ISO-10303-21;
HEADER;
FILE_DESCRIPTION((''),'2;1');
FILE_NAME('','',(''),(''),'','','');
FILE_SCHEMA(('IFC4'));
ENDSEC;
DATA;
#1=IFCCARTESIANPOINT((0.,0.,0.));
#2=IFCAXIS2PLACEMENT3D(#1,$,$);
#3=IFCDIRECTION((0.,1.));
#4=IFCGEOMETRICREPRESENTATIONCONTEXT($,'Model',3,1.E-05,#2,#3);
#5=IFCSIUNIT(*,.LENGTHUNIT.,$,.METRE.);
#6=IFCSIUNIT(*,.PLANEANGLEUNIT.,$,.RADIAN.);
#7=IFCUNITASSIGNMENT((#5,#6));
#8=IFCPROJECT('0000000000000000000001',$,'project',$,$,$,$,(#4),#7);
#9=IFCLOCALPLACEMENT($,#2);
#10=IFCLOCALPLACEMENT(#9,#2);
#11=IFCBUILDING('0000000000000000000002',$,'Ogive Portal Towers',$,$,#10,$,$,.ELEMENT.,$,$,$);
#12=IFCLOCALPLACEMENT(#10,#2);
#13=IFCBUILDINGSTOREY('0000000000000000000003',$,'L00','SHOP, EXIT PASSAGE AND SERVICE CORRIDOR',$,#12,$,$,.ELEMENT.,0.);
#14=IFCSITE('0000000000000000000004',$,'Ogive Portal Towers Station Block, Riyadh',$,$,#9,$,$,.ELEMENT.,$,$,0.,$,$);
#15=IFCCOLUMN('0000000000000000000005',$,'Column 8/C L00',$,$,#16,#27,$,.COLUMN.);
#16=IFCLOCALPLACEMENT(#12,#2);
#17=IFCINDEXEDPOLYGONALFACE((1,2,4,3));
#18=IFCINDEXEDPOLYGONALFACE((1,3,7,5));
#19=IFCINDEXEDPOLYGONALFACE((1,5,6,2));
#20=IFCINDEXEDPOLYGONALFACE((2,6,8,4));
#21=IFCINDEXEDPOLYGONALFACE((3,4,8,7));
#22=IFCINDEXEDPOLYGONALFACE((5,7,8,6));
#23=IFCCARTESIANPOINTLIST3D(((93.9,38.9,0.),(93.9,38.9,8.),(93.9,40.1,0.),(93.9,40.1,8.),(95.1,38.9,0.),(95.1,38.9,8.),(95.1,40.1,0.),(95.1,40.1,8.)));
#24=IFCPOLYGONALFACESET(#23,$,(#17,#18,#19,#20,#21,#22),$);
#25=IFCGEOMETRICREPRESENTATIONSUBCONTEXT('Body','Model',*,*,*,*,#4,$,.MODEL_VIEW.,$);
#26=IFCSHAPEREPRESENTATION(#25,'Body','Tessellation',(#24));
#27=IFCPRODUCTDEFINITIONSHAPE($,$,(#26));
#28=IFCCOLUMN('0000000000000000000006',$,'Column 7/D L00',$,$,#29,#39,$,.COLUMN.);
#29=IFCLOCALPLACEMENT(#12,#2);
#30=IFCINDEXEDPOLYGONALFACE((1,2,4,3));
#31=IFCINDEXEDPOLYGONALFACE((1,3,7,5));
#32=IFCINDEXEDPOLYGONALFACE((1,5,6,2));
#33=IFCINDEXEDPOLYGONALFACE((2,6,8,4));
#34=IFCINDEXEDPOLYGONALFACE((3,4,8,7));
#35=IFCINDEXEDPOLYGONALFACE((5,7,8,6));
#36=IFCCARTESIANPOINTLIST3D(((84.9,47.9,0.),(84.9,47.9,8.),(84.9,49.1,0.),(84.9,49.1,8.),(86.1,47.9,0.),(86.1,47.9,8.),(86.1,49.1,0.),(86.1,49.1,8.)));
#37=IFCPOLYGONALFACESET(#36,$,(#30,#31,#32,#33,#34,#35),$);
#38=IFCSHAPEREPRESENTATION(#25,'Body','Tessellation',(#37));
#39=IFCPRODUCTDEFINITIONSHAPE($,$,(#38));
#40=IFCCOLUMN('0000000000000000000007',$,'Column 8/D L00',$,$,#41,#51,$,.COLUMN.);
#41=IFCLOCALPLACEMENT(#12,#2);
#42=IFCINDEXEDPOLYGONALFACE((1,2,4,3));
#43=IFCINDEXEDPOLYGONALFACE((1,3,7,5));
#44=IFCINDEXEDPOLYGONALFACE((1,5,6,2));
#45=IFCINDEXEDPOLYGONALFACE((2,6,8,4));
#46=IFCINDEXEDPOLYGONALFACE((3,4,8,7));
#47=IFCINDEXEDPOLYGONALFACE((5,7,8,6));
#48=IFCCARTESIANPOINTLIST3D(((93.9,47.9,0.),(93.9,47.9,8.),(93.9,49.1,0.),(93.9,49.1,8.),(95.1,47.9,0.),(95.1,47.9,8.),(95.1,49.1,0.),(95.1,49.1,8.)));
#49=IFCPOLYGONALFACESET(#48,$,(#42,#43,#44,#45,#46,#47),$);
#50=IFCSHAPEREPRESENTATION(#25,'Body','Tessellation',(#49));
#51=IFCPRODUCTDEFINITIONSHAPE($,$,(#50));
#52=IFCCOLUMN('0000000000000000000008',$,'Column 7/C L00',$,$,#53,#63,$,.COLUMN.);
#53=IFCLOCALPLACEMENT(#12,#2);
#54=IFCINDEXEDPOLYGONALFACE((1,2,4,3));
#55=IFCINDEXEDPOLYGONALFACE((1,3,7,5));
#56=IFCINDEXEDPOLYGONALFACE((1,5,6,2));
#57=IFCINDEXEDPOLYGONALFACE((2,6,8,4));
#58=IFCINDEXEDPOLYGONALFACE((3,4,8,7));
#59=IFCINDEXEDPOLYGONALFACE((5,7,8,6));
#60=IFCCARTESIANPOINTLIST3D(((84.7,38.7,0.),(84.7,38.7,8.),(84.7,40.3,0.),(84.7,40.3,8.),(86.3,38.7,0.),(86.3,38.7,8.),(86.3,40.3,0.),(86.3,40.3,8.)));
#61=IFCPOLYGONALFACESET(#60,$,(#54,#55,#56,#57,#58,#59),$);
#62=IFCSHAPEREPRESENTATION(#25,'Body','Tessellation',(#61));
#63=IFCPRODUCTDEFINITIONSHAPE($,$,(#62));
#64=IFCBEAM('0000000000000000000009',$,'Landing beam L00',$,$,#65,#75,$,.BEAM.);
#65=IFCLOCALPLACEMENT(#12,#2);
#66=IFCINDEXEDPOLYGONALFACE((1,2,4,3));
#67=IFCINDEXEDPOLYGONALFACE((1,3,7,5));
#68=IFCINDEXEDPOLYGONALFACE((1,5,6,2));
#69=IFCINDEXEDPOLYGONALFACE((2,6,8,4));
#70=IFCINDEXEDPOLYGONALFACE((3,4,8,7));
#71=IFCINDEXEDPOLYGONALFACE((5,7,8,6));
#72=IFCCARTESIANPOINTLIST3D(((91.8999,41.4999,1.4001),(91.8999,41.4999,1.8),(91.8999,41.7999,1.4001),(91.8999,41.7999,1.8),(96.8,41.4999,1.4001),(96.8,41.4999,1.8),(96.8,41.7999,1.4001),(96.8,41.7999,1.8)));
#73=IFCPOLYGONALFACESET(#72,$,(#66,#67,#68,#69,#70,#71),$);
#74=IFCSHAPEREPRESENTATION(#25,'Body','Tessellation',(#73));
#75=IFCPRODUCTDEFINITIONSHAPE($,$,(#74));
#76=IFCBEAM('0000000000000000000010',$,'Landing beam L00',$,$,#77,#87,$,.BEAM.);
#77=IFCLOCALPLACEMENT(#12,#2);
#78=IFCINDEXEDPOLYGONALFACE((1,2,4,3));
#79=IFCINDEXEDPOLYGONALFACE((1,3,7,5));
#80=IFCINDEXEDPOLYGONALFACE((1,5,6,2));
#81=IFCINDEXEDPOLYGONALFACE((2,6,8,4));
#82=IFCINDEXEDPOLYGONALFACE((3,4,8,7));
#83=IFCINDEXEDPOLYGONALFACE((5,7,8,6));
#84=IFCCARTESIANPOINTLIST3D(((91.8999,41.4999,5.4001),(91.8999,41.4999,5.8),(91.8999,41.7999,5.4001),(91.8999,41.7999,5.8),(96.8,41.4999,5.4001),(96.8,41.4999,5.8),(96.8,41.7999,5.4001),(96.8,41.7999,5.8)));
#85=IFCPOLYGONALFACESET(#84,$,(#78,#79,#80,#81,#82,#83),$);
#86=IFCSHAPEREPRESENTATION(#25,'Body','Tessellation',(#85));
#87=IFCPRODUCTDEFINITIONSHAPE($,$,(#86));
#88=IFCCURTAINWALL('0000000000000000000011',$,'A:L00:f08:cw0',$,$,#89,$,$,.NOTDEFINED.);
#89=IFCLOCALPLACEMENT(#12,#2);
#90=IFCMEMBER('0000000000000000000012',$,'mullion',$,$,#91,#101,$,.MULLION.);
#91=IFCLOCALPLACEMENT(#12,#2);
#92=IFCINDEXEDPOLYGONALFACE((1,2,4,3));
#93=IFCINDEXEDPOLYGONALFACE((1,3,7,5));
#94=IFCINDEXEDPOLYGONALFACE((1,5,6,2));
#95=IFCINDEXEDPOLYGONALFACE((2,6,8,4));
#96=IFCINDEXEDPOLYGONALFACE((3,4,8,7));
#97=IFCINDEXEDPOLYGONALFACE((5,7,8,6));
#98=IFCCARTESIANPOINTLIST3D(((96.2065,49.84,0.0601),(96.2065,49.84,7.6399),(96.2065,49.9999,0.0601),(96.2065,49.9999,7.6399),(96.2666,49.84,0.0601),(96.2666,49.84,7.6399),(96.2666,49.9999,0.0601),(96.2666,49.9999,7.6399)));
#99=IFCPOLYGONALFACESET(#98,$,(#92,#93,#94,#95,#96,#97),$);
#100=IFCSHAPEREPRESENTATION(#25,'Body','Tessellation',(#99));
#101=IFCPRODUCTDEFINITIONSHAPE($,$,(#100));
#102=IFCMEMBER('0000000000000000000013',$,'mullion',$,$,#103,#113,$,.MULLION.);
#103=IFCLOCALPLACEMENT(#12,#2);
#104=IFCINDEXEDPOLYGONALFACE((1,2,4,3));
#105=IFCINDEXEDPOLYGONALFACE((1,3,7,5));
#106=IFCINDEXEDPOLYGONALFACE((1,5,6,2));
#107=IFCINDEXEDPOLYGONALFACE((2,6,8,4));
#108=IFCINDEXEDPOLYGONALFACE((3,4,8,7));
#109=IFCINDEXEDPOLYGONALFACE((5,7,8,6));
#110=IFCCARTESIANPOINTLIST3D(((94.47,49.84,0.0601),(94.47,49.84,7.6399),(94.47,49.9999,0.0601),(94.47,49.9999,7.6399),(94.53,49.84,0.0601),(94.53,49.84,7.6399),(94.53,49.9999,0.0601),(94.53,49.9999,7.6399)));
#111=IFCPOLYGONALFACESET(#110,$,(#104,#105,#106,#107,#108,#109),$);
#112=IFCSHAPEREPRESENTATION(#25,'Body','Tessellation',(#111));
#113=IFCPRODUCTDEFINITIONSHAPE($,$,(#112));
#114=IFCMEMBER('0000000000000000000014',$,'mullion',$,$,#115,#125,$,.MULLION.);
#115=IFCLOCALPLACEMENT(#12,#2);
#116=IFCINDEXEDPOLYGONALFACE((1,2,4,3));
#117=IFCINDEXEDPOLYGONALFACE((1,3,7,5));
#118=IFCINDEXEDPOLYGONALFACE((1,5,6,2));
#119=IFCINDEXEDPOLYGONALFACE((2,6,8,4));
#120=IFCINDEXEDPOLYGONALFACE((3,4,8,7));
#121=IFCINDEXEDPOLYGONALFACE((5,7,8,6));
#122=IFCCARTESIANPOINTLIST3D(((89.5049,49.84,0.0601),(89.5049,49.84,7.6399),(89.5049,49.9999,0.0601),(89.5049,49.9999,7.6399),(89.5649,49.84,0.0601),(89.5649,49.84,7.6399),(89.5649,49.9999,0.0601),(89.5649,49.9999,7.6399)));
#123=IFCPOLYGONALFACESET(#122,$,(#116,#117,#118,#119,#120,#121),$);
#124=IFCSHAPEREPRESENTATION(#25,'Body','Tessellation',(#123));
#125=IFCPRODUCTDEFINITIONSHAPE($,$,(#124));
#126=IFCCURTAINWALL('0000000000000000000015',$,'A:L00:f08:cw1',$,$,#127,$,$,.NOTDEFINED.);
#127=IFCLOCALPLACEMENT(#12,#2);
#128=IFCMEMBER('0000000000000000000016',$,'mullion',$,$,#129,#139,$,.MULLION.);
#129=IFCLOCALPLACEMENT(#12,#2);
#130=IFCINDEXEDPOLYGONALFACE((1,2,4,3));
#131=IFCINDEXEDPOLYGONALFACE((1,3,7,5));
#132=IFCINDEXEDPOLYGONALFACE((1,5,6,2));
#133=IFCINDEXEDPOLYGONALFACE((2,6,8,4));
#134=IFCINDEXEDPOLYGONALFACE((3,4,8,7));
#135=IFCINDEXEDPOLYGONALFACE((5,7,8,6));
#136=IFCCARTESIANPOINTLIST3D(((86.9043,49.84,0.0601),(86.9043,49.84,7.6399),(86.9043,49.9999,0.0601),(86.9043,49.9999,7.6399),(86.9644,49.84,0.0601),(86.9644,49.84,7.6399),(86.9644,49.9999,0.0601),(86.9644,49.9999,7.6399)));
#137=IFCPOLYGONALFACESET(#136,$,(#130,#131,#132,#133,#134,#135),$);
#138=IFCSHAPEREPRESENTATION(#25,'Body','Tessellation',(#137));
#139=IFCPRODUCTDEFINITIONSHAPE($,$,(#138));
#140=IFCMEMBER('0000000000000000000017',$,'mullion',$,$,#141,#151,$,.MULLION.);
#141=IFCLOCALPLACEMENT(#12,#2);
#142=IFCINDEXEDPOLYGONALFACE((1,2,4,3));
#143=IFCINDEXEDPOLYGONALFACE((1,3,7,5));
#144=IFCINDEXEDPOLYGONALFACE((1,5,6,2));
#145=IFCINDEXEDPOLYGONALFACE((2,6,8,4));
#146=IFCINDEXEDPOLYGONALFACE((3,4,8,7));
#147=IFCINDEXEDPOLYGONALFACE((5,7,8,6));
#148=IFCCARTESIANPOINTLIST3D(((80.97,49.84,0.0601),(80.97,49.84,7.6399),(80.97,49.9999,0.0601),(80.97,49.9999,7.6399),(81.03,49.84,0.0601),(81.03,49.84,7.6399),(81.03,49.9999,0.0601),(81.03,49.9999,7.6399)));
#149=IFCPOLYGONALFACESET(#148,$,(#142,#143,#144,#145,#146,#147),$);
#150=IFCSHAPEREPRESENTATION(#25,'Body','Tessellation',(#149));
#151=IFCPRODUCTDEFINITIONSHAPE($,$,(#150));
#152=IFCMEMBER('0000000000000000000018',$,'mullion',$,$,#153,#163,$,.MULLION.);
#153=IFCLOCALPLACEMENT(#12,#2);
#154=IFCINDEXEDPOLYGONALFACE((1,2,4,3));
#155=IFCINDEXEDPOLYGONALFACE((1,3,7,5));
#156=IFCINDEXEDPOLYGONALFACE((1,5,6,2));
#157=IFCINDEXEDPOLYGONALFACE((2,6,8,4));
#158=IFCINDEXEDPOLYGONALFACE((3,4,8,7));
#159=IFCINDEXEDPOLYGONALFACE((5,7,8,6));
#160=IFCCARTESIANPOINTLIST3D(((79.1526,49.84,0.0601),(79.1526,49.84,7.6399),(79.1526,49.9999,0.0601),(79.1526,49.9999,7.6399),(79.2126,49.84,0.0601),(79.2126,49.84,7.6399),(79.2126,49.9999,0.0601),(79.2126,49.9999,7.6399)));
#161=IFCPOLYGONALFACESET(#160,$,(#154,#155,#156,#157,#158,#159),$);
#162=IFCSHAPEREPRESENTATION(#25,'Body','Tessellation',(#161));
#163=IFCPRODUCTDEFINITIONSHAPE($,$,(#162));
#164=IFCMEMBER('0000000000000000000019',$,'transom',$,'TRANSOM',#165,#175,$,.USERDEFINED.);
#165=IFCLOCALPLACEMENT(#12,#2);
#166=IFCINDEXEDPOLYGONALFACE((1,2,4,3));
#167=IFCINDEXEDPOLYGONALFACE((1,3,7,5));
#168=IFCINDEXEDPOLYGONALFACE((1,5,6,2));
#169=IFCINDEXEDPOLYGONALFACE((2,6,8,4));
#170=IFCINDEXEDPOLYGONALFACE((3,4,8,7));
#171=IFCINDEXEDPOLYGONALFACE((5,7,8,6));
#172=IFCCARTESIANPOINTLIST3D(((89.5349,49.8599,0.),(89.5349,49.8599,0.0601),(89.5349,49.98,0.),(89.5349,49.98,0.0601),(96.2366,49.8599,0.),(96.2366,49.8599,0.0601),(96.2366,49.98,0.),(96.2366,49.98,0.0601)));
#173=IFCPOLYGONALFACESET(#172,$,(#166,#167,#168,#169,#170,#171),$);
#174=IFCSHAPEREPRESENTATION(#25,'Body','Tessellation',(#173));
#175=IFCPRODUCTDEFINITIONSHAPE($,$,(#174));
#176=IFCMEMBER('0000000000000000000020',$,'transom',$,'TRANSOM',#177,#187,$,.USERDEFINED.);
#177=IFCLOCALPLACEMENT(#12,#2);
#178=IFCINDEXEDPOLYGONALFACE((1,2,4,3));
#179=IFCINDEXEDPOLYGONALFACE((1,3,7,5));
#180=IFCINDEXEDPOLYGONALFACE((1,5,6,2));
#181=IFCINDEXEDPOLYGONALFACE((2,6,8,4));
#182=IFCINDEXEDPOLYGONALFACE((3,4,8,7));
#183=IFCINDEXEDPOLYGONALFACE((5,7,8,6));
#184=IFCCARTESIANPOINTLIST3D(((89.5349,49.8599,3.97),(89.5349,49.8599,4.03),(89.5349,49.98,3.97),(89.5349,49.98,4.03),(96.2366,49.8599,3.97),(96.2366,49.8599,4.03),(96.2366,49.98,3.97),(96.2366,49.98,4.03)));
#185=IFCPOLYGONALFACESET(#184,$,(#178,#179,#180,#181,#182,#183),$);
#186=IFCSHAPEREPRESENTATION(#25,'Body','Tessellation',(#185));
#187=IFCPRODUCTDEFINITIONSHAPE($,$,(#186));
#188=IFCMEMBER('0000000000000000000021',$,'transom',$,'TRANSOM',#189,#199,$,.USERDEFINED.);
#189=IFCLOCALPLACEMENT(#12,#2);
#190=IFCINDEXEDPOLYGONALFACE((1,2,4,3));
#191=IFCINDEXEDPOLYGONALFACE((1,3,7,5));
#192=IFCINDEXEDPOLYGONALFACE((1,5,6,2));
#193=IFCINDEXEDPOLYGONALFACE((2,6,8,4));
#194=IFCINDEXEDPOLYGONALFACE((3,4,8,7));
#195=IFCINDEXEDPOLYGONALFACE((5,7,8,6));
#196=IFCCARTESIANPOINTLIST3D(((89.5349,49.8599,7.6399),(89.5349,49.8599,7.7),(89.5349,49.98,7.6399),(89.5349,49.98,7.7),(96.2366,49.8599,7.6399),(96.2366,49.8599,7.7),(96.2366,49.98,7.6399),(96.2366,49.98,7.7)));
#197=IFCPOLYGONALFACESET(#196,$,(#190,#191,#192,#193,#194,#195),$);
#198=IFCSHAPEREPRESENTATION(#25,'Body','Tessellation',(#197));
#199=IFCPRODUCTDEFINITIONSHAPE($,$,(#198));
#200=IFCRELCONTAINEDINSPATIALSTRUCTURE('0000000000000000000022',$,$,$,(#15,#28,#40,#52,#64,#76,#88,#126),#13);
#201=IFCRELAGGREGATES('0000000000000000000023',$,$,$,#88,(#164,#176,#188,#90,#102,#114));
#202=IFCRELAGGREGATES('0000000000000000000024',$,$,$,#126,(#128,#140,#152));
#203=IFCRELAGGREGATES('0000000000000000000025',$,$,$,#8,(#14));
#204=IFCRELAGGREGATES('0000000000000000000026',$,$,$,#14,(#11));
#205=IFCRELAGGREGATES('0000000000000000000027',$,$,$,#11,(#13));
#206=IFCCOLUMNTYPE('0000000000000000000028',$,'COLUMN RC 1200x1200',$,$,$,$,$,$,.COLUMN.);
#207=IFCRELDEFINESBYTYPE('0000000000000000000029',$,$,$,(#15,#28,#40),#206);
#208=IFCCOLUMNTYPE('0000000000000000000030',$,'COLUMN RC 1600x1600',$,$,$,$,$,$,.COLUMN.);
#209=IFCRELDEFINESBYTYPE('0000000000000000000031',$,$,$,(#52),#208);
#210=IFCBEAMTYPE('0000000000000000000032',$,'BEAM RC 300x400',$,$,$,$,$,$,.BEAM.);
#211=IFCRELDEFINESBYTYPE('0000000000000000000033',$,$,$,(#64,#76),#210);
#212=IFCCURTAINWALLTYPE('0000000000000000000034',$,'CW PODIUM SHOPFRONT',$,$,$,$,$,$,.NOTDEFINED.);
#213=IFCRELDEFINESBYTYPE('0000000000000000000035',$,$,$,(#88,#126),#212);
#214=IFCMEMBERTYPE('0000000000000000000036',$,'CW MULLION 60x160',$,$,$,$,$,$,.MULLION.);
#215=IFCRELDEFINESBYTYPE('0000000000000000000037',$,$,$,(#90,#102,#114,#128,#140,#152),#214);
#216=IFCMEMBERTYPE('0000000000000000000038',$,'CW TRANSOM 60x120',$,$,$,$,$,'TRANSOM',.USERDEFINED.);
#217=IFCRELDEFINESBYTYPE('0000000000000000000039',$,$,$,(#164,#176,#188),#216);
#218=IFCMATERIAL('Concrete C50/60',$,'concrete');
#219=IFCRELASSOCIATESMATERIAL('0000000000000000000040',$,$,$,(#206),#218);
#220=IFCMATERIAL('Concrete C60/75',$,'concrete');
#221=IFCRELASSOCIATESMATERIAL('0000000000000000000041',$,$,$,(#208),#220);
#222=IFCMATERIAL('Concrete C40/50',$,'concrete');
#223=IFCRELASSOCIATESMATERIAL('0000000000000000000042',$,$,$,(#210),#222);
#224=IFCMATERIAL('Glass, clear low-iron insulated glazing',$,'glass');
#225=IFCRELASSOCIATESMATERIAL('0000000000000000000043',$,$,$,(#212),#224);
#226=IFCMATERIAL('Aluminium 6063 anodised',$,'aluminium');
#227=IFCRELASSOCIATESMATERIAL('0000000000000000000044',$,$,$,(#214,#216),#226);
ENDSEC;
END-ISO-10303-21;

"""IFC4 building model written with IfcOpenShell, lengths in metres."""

from ifc_helpers import new_model, si_unit, direction, frame, origin, origin_2d, place, context, subcontext, project, spatial, rectangle, extrude, material, material_profile, profile_set, type_object, element, aggregate, save


model = new_model("IFC4")

# Units and contexts
model_context = context("Model", 3, precision=1e-05, world=origin(), true_north=direction((0.0, 1.0)))
body_context = subcontext(model_context, "Body", "Model", "MODEL_VIEW")
ifc_project = project(units=[si_unit("LENGTHUNIT", "METRE"), si_unit("PLANEANGLEUNIT", "RADIAN")], contexts=[model_context])

# Site, building, storey
site_placement = place(None, origin())
site = spatial("IfcSite", under=ifc_project, at=site_placement, Name="Ogive Portal Towers Station Block, Riyadh", CompositionType="ELEMENT", RefElevation=0.0)
building_placement = place(site_placement, origin())
building = spatial("IfcBuilding", under=site, at=building_placement, Name="Ogive Portal Towers", CompositionType="ELEMENT")
storey_placement = place(building_placement, origin())
storey = spatial("IfcBuildingStorey", under=building, at=storey_placement, Name="L00", Description="SHOP, EXIT PASSAGE AND SERVICE CORRIDOR", CompositionType="ELEMENT", Elevation=0.0)

# Columns
ifc_material_1 = material(Name="Concrete C50/60", Category="concrete")
ifc_material_profile_1 = material_profile(ifc_material_1, rectangle(XDim=1.2, YDim=1.2, at=origin_2d()), Name="RC 1200x1200")
ifc_profile_set_1 = profile_set([ifc_material_profile_1], Name="Concrete C50/60")
column_type_1 = type_object("IfcColumnType", Name="COLUMN RC 1200x1200", PredefinedType="COLUMN", material=ifc_profile_set_1)
for number, where, z_axis, x_axis, name in (
    (1, (94.5, 39.5, 0.0), (0.0, 0.0, 1.0), (1.0, 0.0, 0.0), "Column 8/C L00"),
    (2, (85.5, 48.5, 0.0), (0.0, 0.0, 1.0), (1.0, 0.0, 0.0), "Column 7/D L00"),
    (3, (94.5, 48.5, 0.0), (0.0, 0.0, 1.0), (1.0, 0.0, 0.0), "Column 8/D L00"),
):
    element("IfcColumn", number, at=place(storey_placement, frame(where, z_axis=z_axis, x_axis=x_axis)), inside=storey, type_object=column_type_1, Name=name, PredefinedType="COLUMN", context=body_context, shape_type="SweptSolid", body=[
        extrude(rectangle(XDim=1.2, YDim=1.2, at=origin_2d()), origin(), (0.0, 0.0, 1.0), 8.0),
    ])
ifc_material_2 = material(Name="Concrete C60/75", Category="concrete")
ifc_material_profile_2 = material_profile(ifc_material_2, rectangle(XDim=1.6001, YDim=1.6001, at=origin_2d()), Name="RC 1600x1600")
ifc_profile_set_2 = profile_set([ifc_material_profile_2], Name="Concrete C60/75")
column_type_2 = type_object("IfcColumnType", Name="COLUMN RC 1600x1600", PredefinedType="COLUMN", material=ifc_profile_set_2)
column_placement = place(storey_placement, frame((85.5, 39.5, 0.0), z_axis=(0.0, 0.0, 1.0), x_axis=(1.0, 0.0, 0.0)))
element("IfcColumn", 4, at=column_placement, inside=storey, type_object=column_type_2, Name="Column 7/C L00", PredefinedType="COLUMN", context=body_context, shape_type="SweptSolid", body=[
    extrude(rectangle(XDim=1.6001, YDim=1.6001, at=origin_2d()), origin(), (0.0, 0.0, 1.0), 8.0),
])

# Beams
ifc_material_3 = material(Name="Concrete C40/50", Category="concrete")
ifc_material_profile_3 = material_profile(ifc_material_3, rectangle(XDim=0.3, YDim=0.3999, at=origin_2d()), Name="RC 300x400")
ifc_profile_set_3 = profile_set([ifc_material_profile_3], Name="Concrete C40/50")
beam_type = type_object("IfcBeamType", Name="BEAM RC 300x400", PredefinedType="BEAM", material=ifc_profile_set_3)
for number, where, z_axis, x_axis, name in (
    (5, (91.8999, 41.6499, 1.6001), (1.0, 0.0, 0.0), (0.0, 1.0, 0.0), "Landing beam L00"),
    (6, (91.8999, 41.6499, 5.6001), (1.0, 0.0, 0.0), (0.0, 1.0, 0.0), "Landing beam L00"),
):
    element("IfcBeam", number, at=place(storey_placement, frame(where, z_axis=z_axis, x_axis=x_axis)), inside=storey, type_object=beam_type, Name=name, PredefinedType="BEAM", context=body_context, shape_type="SweptSolid", body=[
        extrude(rectangle(XDim=0.3, YDim=0.3999, at=origin_2d()), origin(), (0.0, 0.0, 1.0), 4.9001),
    ])

# Curtain walls, members
ifc_material_4 = material(Name="Glass, clear low-iron insulated glazing", Category="glass")
curtain_wall_type = type_object("IfcCurtainWallType", Name="CW PODIUM SHOPFRONT", PredefinedType="NOTDEFINED", material=ifc_material_4)
curtain_wall_1_placement = place(storey_placement, origin())
curtain_wall_1 = element("IfcCurtainWall", 7, at=curtain_wall_1_placement, inside=storey, type_object=curtain_wall_type, Name="A:L00:f08:cw0", PredefinedType="NOTDEFINED")
ifc_material_5 = material(Name="Aluminium 6063 anodised", Category="aluminium")
ifc_material_profile_4 = material_profile(ifc_material_5, rectangle(XDim=0.1599, YDim=0.0601, at=origin_2d()), Name="AL 60x160")
ifc_profile_set_4 = profile_set([ifc_material_profile_4], Name="Aluminium 6063 anodised")
member_type_1 = type_object("IfcMemberType", Name="CW MULLION 60x160", PredefinedType="MULLION", material=ifc_profile_set_4)
member_1_placement = place(storey_placement, frame((96.2366, 49.9199, 0.0601), z_axis=(0.0, 0.0, 1.0), x_axis=(0.0, -1.0, 0.0)))
member_1 = element("IfcMember", 8, at=member_1_placement, type_object=member_type_1, Name="mullion", PredefinedType="MULLION", context=body_context, shape_type="SweptSolid", body=[
    extrude(rectangle(XDim=0.1599, YDim=0.0601, at=origin_2d()), origin(), (0.0, 0.0, 1.0), 7.5798),
])
member_2_placement = place(storey_placement, frame((94.5, 49.9199, 0.0601), z_axis=(0.0, 0.0, 1.0), x_axis=(0.0, -1.0, 0.0)))
member_2 = element("IfcMember", 9, at=member_2_placement, type_object=member_type_1, Name="mullion", PredefinedType="MULLION", context=body_context, shape_type="SweptSolid", body=[
    extrude(rectangle(XDim=0.1599, YDim=0.0601, at=origin_2d()), origin(), (0.0, 0.0, 1.0), 7.5798),
])
member_3_placement = place(storey_placement, frame((89.5349, 49.9199, 0.0601), z_axis=(0.0, 0.0, 1.0), x_axis=(0.0, -1.0, 0.0)))
member_3 = element("IfcMember", 10, at=member_3_placement, type_object=member_type_1, Name="mullion", PredefinedType="MULLION", context=body_context, shape_type="SweptSolid", body=[
    extrude(rectangle(XDim=0.1599, YDim=0.0601, at=origin_2d()), origin(), (0.0, 0.0, 1.0), 7.5798),
])
curtain_wall_2_placement = place(storey_placement, origin())
curtain_wall_2 = element("IfcCurtainWall", 11, at=curtain_wall_2_placement, inside=storey, type_object=curtain_wall_type, Name="A:L00:f08:cw1", PredefinedType="NOTDEFINED")
member_4_placement = place(storey_placement, frame((86.9343, 49.9199, 0.0601), z_axis=(0.0, 0.0, 1.0), x_axis=(0.0, -1.0, 0.0)))
member_4 = element("IfcMember", 12, at=member_4_placement, type_object=member_type_1, Name="mullion", PredefinedType="MULLION", context=body_context, shape_type="SweptSolid", body=[
    extrude(rectangle(XDim=0.1599, YDim=0.0601, at=origin_2d()), origin(), (0.0, 0.0, 1.0), 7.5798),
])
member_5_placement = place(storey_placement, frame((81.0, 49.9199, 0.0601), z_axis=(0.0, 0.0, 1.0), x_axis=(0.0, -1.0, 0.0)))
member_5 = element("IfcMember", 13, at=member_5_placement, type_object=member_type_1, Name="mullion", PredefinedType="MULLION", context=body_context, shape_type="SweptSolid", body=[
    extrude(rectangle(XDim=0.1599, YDim=0.0601, at=origin_2d()), origin(), (0.0, 0.0, 1.0), 7.5798),
])
member_6_placement = place(storey_placement, frame((79.1826, 49.9199, 0.0601), z_axis=(0.0, 0.0, 1.0), x_axis=(0.0, -1.0, 0.0)))
member_6 = element("IfcMember", 14, at=member_6_placement, type_object=member_type_1, Name="mullion", PredefinedType="MULLION", context=body_context, shape_type="SweptSolid", body=[
    extrude(rectangle(XDim=0.1599, YDim=0.0601, at=origin_2d()), origin(), (0.0, 0.0, 1.0), 7.5798),
])

# Members
ifc_material_profile_5 = material_profile(ifc_material_5, rectangle(XDim=0.1201, YDim=0.0601, at=origin_2d()), Name="AL 120x60")
ifc_profile_set_5 = profile_set([ifc_material_profile_5], Name="Aluminium 6063 anodised")
member_type_2 = type_object("IfcMemberType", Name="CW TRANSOM 60x120", ElementType="TRANSOM", PredefinedType="USERDEFINED", material=ifc_profile_set_5)
member_7_placement = place(storey_placement, frame((96.2366, 49.9199, 0.03), z_axis=(-1.0, 0.0, 0.0), x_axis=(0.0, -1.0, 0.0)))
member_7 = element("IfcMember", 15, at=member_7_placement, type_object=member_type_2, Name="transom", ObjectType="TRANSOM", PredefinedType="USERDEFINED", context=body_context, shape_type="SweptSolid", body=[
    extrude(rectangle(XDim=0.1201, YDim=0.0601, at=origin_2d()), origin(), (0.0, 0.0, 1.0), 6.7017),
])
member_8_placement = place(storey_placement, frame((96.2366, 49.9199, 4.0), z_axis=(-1.0, 0.0, 0.0), x_axis=(0.0, -1.0, 0.0)))
member_8 = element("IfcMember", 16, at=member_8_placement, type_object=member_type_2, Name="transom", ObjectType="TRANSOM", PredefinedType="USERDEFINED", context=body_context, shape_type="SweptSolid", body=[
    extrude(rectangle(XDim=0.1201, YDim=0.0601, at=origin_2d()), origin(), (0.0, 0.0, 1.0), 6.7017),
])
member_9_placement = place(storey_placement, frame((96.2366, 49.9199, 7.6699), z_axis=(-1.0, 0.0, 0.0), x_axis=(0.0, -1.0, 0.0)))
member_9 = element("IfcMember", 17, at=member_9_placement, type_object=member_type_2, Name="transom", ObjectType="TRANSOM", PredefinedType="USERDEFINED", context=body_context, shape_type="SweptSolid", body=[
    extrude(rectangle(XDim=0.1201, YDim=0.0601, at=origin_2d()), origin(), (0.0, 0.0, 1.0), 6.7017),
])

aggregate(curtain_wall_1, [member_7, member_8, member_9, member_1, member_2, member_3])
aggregate(curtain_wall_2, [member_4, member_5, member_6])

save(model, "model.ifc")
